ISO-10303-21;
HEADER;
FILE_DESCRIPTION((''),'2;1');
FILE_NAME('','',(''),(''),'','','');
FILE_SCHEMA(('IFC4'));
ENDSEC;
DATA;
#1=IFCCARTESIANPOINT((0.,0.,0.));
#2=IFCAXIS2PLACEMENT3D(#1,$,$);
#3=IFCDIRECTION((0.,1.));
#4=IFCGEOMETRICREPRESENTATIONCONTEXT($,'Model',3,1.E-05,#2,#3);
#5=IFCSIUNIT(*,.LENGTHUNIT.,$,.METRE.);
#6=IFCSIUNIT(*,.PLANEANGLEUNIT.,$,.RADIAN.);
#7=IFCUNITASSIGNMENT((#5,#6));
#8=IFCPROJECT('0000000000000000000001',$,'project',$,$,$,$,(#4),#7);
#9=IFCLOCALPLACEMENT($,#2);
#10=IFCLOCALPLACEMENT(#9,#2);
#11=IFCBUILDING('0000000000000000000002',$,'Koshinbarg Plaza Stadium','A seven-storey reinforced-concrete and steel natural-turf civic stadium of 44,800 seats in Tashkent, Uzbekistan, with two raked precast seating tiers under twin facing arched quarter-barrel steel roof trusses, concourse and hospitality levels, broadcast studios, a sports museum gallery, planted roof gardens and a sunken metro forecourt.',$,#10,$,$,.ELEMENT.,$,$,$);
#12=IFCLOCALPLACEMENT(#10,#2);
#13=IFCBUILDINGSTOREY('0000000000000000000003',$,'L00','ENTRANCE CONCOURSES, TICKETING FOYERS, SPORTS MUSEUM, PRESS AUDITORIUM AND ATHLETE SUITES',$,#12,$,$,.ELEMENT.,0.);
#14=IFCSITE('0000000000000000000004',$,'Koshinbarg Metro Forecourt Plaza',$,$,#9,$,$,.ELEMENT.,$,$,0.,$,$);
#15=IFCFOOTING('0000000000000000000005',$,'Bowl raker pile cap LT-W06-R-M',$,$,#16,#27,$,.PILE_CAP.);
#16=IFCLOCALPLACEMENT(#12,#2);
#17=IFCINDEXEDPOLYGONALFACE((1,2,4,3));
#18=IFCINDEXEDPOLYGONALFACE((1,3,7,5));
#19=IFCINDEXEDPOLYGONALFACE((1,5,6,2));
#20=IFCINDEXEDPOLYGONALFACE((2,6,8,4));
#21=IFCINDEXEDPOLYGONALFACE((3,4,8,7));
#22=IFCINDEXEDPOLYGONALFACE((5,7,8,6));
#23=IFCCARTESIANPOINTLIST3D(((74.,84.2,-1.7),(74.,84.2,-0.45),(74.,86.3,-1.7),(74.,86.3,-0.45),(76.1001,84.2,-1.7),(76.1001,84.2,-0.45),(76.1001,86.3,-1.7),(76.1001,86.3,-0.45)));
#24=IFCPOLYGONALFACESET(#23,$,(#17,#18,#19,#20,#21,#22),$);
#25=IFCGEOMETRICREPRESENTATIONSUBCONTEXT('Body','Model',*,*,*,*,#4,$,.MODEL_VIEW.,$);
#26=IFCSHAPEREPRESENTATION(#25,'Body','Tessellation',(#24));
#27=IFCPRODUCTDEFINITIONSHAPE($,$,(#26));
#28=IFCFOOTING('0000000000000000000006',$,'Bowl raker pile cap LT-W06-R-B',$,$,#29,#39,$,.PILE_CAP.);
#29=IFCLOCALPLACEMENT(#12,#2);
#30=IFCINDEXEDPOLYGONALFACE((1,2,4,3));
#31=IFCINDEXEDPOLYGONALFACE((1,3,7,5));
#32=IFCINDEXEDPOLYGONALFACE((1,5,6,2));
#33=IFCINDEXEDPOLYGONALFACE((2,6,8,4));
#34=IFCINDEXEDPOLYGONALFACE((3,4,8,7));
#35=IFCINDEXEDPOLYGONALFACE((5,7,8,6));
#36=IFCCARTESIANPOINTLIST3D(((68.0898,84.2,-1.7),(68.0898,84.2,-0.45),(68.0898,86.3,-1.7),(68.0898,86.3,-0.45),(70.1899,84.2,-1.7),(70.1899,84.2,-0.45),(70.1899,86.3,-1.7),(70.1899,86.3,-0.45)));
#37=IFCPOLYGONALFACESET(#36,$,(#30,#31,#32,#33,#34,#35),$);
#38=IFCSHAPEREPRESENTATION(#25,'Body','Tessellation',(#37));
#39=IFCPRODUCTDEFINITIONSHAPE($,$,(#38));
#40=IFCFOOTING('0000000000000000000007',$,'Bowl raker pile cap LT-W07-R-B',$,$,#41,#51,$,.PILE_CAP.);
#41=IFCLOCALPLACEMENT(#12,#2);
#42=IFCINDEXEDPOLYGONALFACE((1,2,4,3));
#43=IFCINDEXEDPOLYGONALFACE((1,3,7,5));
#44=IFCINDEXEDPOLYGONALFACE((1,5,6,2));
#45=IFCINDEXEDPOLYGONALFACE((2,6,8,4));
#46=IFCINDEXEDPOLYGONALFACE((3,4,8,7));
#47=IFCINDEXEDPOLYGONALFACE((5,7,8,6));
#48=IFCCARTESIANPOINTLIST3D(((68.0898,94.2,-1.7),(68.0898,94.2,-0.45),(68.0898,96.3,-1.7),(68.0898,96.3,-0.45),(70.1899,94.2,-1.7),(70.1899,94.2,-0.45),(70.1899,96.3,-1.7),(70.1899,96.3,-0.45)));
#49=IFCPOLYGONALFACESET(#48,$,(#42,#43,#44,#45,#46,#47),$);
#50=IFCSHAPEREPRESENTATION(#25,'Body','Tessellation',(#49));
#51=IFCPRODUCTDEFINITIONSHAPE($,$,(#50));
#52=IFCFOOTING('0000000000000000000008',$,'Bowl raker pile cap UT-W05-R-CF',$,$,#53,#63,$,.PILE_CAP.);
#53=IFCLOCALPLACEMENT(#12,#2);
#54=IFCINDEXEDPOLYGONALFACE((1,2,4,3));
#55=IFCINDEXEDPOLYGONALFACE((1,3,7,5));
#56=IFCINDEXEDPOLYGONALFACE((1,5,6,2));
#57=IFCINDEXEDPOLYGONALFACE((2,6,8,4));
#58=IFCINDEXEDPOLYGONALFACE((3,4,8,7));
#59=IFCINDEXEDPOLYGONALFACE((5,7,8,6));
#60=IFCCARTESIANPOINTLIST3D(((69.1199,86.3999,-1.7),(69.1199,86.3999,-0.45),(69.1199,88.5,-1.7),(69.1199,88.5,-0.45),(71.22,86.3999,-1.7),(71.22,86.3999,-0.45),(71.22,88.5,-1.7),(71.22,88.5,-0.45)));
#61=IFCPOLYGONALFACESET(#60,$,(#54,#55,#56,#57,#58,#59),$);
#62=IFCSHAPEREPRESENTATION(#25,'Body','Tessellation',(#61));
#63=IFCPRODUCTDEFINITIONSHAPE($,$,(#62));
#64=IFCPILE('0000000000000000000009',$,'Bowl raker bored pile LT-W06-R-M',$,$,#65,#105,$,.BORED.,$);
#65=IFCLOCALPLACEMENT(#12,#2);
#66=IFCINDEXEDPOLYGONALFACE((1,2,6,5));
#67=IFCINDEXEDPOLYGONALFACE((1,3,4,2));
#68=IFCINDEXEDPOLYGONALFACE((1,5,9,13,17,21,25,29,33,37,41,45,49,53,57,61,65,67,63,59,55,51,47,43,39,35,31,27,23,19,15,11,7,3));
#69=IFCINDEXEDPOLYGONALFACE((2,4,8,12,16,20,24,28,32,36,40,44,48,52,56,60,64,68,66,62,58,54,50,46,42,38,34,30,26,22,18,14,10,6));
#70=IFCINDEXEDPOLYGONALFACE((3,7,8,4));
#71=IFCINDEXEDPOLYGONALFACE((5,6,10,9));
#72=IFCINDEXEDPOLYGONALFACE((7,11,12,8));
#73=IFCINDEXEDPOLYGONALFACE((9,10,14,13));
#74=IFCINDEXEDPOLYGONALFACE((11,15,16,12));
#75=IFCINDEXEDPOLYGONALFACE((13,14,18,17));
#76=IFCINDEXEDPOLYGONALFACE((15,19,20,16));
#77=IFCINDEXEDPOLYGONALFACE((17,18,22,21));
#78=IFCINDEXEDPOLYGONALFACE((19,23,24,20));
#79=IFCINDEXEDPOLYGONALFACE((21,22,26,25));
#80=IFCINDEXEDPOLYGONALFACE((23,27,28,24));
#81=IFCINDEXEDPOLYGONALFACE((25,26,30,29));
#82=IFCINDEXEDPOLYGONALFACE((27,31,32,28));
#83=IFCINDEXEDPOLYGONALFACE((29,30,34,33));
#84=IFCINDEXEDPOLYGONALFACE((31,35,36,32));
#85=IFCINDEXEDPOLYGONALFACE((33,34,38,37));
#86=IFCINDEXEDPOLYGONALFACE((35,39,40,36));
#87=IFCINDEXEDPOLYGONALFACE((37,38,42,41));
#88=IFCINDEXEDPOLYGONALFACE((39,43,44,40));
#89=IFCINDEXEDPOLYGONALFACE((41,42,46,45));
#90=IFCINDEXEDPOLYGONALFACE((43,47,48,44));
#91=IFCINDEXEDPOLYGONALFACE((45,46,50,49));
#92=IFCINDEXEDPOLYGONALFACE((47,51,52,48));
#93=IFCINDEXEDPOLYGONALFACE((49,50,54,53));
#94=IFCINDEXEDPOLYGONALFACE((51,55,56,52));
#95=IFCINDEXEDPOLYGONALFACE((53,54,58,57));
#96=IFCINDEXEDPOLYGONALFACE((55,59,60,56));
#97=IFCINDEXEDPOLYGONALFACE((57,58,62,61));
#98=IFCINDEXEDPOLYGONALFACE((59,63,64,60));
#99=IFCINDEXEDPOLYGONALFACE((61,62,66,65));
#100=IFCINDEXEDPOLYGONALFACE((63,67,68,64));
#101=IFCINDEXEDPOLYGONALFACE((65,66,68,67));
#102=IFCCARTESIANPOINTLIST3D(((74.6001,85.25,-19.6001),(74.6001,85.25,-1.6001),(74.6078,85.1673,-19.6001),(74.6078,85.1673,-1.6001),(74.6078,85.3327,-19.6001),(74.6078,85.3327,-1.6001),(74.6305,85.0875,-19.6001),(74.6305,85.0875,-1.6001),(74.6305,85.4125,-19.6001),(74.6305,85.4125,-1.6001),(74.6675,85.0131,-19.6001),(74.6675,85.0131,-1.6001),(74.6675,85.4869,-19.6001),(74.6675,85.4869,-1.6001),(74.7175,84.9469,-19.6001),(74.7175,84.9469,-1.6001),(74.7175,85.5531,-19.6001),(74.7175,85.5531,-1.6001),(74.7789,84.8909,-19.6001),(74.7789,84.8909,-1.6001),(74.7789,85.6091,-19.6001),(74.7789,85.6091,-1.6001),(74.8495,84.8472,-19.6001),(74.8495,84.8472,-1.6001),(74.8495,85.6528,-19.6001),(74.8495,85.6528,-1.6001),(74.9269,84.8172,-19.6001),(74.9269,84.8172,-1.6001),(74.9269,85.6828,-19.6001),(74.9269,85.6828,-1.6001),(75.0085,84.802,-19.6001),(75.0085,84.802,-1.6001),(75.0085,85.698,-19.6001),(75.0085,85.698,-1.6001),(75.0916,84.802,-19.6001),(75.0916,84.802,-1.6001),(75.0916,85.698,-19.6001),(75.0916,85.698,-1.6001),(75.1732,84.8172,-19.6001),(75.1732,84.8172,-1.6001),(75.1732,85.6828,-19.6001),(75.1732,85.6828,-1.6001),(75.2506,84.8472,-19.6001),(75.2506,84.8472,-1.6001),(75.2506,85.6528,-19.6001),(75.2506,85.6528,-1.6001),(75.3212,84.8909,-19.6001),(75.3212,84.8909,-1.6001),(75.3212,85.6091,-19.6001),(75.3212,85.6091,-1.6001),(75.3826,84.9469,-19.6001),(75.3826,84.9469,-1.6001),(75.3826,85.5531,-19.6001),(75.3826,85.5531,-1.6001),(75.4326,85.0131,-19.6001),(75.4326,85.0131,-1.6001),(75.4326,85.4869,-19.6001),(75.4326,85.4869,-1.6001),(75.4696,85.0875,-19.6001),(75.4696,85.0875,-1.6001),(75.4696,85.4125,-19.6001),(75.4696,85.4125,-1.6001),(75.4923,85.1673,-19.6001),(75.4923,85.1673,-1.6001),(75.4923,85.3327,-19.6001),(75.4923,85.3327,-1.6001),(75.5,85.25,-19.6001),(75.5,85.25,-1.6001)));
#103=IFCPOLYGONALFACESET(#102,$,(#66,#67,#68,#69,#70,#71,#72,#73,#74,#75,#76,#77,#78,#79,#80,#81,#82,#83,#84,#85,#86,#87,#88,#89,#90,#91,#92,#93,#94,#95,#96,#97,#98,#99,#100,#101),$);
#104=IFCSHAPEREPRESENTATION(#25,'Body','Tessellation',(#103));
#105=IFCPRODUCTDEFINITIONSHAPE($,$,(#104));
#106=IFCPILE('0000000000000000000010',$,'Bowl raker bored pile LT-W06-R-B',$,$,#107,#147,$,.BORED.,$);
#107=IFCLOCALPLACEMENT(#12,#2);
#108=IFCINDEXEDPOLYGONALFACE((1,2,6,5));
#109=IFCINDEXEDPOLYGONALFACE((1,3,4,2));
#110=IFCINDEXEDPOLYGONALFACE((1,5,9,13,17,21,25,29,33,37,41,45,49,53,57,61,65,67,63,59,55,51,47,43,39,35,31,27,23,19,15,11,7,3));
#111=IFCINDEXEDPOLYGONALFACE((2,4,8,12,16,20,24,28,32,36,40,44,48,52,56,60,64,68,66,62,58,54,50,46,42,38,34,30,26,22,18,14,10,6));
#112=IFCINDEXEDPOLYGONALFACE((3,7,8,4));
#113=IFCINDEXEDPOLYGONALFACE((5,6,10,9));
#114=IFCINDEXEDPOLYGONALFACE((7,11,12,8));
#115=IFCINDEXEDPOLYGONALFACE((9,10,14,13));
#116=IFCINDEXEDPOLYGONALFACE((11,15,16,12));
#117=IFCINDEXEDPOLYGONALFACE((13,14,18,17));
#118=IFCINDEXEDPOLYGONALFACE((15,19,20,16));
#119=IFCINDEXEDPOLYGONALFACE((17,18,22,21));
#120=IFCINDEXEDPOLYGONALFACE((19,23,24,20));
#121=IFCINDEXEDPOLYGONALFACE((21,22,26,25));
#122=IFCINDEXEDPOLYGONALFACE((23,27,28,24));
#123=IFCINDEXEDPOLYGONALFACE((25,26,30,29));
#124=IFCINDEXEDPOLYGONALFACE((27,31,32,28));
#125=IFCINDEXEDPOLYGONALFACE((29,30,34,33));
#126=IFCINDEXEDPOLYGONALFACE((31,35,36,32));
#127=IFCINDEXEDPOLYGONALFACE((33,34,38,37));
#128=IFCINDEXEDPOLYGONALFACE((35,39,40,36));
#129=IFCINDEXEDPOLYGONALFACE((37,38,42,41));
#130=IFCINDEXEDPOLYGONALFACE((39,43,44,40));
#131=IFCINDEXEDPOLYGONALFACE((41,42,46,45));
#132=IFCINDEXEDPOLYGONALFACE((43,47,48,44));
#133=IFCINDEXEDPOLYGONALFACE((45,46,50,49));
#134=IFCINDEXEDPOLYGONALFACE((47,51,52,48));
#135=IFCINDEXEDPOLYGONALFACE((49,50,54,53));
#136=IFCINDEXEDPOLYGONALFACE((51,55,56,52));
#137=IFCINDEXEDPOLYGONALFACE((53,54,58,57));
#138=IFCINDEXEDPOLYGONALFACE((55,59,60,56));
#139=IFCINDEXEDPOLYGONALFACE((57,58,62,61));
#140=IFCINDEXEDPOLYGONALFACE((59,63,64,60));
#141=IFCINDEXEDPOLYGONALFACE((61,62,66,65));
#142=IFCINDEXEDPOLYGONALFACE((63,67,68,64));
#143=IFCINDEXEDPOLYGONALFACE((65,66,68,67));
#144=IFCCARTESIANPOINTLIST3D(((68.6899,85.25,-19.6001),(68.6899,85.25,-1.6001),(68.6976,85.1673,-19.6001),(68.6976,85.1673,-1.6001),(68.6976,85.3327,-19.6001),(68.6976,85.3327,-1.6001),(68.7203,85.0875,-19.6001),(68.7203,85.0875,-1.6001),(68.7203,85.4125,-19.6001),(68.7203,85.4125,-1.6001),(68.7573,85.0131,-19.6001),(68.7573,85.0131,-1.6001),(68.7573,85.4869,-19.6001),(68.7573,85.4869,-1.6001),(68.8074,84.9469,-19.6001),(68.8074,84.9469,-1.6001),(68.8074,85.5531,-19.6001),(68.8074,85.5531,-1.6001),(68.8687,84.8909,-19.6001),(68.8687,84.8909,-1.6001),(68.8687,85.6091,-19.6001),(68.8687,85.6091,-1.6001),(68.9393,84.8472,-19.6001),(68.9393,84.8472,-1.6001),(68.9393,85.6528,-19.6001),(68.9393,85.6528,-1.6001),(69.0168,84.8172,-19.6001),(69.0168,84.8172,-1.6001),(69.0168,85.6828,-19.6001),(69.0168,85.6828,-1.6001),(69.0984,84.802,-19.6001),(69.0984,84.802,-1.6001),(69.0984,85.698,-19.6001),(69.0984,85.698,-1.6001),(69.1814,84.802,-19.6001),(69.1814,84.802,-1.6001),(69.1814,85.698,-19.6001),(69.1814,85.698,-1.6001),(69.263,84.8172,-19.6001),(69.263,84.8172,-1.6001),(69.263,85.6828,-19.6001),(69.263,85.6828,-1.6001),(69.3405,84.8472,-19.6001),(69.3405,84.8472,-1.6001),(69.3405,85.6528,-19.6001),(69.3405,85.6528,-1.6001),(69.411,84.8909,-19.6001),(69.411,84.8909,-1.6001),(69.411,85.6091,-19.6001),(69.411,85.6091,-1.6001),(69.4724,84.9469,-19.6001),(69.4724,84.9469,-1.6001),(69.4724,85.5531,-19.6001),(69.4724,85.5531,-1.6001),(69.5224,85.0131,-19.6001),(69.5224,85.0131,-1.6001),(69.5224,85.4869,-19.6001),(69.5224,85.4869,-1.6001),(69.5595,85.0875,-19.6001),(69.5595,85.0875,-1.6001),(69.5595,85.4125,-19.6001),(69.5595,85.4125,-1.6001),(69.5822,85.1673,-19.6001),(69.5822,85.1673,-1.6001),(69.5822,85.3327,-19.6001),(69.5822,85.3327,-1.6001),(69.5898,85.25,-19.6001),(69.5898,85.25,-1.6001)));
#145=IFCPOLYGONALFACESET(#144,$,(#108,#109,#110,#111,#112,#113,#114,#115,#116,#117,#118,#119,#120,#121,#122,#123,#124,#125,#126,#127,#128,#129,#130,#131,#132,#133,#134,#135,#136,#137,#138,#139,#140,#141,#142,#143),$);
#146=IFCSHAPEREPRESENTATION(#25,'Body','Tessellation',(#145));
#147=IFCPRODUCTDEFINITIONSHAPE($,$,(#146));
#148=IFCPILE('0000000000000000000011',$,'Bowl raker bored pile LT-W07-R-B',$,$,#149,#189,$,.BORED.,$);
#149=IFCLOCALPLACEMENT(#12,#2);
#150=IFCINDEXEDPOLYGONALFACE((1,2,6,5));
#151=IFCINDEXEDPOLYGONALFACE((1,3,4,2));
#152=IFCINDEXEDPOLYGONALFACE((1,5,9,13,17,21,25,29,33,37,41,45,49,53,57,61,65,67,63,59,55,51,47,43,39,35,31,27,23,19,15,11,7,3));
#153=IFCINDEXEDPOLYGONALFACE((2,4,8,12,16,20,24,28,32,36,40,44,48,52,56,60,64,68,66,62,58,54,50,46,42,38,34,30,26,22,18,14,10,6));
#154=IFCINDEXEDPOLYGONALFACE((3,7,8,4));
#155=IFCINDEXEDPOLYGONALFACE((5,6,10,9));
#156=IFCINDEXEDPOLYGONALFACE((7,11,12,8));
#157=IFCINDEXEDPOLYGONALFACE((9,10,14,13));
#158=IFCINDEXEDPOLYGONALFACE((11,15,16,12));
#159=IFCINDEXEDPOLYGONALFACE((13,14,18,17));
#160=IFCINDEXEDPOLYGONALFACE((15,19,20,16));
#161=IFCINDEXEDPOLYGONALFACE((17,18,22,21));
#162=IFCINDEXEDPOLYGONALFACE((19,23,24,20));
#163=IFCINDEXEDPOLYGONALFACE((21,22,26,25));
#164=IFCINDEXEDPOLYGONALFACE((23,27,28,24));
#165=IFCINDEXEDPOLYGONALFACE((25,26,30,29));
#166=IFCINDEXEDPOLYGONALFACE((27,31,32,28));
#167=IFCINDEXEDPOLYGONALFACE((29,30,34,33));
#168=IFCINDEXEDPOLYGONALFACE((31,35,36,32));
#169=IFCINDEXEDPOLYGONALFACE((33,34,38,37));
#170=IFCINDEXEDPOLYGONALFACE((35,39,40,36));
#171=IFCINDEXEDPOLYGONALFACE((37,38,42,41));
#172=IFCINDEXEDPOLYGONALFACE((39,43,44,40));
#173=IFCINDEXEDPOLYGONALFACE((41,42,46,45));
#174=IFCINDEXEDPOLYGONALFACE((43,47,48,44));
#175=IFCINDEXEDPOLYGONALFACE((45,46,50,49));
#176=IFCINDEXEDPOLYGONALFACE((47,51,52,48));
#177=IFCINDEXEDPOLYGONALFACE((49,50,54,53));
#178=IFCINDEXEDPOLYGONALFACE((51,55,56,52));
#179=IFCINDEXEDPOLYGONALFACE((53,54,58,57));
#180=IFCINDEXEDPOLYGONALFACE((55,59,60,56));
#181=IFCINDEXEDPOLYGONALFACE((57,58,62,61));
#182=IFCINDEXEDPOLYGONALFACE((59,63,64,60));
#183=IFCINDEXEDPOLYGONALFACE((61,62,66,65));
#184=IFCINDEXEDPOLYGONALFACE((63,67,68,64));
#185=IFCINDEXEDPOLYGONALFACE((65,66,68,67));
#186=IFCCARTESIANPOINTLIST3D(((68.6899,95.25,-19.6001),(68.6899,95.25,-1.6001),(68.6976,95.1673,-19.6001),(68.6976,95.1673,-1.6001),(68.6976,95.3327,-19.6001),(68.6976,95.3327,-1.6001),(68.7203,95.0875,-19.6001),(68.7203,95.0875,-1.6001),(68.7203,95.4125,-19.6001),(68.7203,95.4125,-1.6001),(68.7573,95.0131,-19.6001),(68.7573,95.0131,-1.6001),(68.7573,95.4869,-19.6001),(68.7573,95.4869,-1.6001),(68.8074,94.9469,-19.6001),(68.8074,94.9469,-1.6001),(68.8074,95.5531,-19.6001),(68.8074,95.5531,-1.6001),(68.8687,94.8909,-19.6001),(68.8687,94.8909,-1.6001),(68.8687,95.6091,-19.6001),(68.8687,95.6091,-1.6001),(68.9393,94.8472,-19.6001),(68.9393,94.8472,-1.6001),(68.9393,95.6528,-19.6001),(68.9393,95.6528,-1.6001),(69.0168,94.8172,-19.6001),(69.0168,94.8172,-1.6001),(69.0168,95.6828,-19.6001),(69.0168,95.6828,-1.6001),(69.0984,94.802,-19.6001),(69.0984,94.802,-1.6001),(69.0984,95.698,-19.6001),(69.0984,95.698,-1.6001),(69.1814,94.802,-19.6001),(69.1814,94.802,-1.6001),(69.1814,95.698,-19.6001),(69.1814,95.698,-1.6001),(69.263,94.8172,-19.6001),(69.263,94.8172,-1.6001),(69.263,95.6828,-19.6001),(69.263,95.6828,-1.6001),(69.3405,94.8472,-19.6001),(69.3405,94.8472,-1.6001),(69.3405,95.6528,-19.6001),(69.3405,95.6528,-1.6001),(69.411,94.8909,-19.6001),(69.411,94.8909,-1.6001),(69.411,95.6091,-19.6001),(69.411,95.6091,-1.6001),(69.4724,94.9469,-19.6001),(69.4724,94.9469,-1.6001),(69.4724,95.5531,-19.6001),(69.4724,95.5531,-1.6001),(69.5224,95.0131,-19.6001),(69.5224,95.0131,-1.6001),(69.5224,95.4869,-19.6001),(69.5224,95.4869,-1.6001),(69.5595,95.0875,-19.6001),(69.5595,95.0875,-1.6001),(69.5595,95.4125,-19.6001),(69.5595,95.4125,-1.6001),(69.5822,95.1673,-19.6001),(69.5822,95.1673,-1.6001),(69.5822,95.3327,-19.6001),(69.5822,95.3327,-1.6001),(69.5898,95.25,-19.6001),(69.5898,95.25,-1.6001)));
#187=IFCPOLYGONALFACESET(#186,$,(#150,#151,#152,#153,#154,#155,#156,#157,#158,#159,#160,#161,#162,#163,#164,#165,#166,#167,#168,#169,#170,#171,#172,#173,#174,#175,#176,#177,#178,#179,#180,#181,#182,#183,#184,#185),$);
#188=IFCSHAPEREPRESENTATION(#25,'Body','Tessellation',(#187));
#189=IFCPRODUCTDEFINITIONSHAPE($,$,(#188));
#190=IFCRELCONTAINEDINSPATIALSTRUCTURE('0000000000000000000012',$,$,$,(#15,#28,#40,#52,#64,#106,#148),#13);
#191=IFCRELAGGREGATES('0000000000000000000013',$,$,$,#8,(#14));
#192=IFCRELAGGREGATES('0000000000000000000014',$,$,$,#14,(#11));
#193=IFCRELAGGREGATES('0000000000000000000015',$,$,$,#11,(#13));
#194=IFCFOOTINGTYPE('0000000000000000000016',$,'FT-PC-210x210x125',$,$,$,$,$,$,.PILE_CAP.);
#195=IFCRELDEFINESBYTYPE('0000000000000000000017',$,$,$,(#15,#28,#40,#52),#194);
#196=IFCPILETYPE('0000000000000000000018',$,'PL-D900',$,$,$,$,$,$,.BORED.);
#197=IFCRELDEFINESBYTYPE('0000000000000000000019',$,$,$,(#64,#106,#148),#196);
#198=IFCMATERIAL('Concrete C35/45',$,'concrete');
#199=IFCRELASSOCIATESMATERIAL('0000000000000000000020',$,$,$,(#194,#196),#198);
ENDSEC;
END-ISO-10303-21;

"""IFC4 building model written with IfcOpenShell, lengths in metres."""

from ifc_helpers import new_model, si_unit, direction, frame, origin, origin_2d, place, context, subcontext, project, spatial, rectangle, circle, extrude, material, material_profile, profile_set, type_object, element, save


model = new_model("IFC4")

# Units and contexts
model_context = context("Model", 3, precision=1e-05, world=origin(), true_north=direction((0.0, 1.0)))
body_context = subcontext(model_context, "Body", "Model", "MODEL_VIEW")
ifc_project = project(units=[si_unit("LENGTHUNIT", "METRE"), si_unit("PLANEANGLEUNIT", "RADIAN")], contexts=[model_context])

# Site, building, storey
site_placement = place(None, origin())
site = spatial("IfcSite", under=ifc_project, at=site_placement, Name="Koshinbarg Metro Forecourt Plaza", CompositionType="ELEMENT", RefElevation=0.0)
building_placement = place(site_placement, origin())
building = spatial("IfcBuilding", under=site, at=building_placement, Name="Koshinbarg Plaza Stadium", Description="A seven-storey reinforced-concrete and steel natural-turf civic stadium of 44,800 seats in Tashkent, Uzbekistan, with two raked precast seating tiers under twin facing arched quarter-barrel steel roof trusses, concourse and hospitality levels, broadcast studios, a sports museum gallery, planted roof gardens and a sunken metro forecourt.", CompositionType="ELEMENT")
storey_placement = place(building_placement, origin())
storey = spatial("IfcBuildingStorey", under=building, at=storey_placement, Name="L00", Description="ENTRANCE CONCOURSES, TICKETING FOYERS, SPORTS MUSEUM, PRESS AUDITORIUM AND ATHLETE SUITES", CompositionType="ELEMENT", Elevation=0.0)

# Footings
ifc_material_1 = material(Name="Concrete C35/45", Category="concrete")
footing_type = type_object("IfcFootingType", Name="FT-PC-210x210x125", PredefinedType="PILE_CAP", material=ifc_material_1)
for number, where, z_axis, x_axis, name in (
    (1, (75.05, 85.25, -1.7), (0.0, 0.0, 1.0), (1.0, 0.0, 0.0), "Bowl raker pile cap LT-W06-R-M"),
    (2, (69.1399, 85.25, -1.7), (0.0, 0.0, 1.0), (1.0, 0.0, 0.0), "Bowl raker pile cap LT-W06-R-B"),
    (3, (69.1399, 95.25, -1.7), (0.0, 0.0, 1.0), (1.0, 0.0, 0.0), "Bowl raker pile cap LT-W07-R-B"),
    (4, (70.1699, 87.45, -1.7), (0.0, 0.0, 1.0), (1.0, 0.0, 0.0), "Bowl raker pile cap UT-W05-R-CF"),
):
    element("IfcFooting", number, at=place(storey_placement, frame(where, z_axis=z_axis, x_axis=x_axis)), inside=storey, type_object=footing_type, Name=name, PredefinedType="PILE_CAP", context=body_context, shape_type="SweptSolid", body=[
        extrude(rectangle(XDim=2.1001, YDim=2.1001, at=origin_2d()), origin(), (0.0, 0.0, 1.0), 1.25),
    ])

# Piles
ifc_material_profile_1 = material_profile(ifc_material_1, circle(Radius=0.45, at=origin_2d()), Name="PILE D900")
ifc_profile_set_1 = profile_set([ifc_material_profile_1], Name="Concrete C35/45")
pile_type = type_object("IfcPileType", Name="PL-D900", PredefinedType="BORED", material=ifc_profile_set_1)
for number, where, z_axis, x_axis, name in (
    (5, (75.05, 85.25, -1.6001), (0.0, 0.0, -1.0), (1.0, 0.0, 0.0), "Bowl raker bored pile LT-W06-R-M"),
    (6, (69.1399, 85.25, -1.6001), (0.0, 0.0, -1.0), (1.0, 0.0, 0.0), "Bowl raker bored pile LT-W06-R-B"),
    (7, (69.1399, 95.25, -1.6001), (0.0, 0.0, -1.0), (1.0, 0.0, 0.0), "Bowl raker bored pile LT-W07-R-B"),
):
    element("IfcPile", number, at=place(storey_placement, frame(where, z_axis=z_axis, x_axis=x_axis)), inside=storey, type_object=pile_type, Name=name, PredefinedType="BORED", context=body_context, shape_type="SweptSolid", body=[
        extrude(circle(Radius=0.45, at=origin_2d()), origin(), (0.0, 0.0, 1.0), 18.0),
    ])

save(model, "model.ifc")
